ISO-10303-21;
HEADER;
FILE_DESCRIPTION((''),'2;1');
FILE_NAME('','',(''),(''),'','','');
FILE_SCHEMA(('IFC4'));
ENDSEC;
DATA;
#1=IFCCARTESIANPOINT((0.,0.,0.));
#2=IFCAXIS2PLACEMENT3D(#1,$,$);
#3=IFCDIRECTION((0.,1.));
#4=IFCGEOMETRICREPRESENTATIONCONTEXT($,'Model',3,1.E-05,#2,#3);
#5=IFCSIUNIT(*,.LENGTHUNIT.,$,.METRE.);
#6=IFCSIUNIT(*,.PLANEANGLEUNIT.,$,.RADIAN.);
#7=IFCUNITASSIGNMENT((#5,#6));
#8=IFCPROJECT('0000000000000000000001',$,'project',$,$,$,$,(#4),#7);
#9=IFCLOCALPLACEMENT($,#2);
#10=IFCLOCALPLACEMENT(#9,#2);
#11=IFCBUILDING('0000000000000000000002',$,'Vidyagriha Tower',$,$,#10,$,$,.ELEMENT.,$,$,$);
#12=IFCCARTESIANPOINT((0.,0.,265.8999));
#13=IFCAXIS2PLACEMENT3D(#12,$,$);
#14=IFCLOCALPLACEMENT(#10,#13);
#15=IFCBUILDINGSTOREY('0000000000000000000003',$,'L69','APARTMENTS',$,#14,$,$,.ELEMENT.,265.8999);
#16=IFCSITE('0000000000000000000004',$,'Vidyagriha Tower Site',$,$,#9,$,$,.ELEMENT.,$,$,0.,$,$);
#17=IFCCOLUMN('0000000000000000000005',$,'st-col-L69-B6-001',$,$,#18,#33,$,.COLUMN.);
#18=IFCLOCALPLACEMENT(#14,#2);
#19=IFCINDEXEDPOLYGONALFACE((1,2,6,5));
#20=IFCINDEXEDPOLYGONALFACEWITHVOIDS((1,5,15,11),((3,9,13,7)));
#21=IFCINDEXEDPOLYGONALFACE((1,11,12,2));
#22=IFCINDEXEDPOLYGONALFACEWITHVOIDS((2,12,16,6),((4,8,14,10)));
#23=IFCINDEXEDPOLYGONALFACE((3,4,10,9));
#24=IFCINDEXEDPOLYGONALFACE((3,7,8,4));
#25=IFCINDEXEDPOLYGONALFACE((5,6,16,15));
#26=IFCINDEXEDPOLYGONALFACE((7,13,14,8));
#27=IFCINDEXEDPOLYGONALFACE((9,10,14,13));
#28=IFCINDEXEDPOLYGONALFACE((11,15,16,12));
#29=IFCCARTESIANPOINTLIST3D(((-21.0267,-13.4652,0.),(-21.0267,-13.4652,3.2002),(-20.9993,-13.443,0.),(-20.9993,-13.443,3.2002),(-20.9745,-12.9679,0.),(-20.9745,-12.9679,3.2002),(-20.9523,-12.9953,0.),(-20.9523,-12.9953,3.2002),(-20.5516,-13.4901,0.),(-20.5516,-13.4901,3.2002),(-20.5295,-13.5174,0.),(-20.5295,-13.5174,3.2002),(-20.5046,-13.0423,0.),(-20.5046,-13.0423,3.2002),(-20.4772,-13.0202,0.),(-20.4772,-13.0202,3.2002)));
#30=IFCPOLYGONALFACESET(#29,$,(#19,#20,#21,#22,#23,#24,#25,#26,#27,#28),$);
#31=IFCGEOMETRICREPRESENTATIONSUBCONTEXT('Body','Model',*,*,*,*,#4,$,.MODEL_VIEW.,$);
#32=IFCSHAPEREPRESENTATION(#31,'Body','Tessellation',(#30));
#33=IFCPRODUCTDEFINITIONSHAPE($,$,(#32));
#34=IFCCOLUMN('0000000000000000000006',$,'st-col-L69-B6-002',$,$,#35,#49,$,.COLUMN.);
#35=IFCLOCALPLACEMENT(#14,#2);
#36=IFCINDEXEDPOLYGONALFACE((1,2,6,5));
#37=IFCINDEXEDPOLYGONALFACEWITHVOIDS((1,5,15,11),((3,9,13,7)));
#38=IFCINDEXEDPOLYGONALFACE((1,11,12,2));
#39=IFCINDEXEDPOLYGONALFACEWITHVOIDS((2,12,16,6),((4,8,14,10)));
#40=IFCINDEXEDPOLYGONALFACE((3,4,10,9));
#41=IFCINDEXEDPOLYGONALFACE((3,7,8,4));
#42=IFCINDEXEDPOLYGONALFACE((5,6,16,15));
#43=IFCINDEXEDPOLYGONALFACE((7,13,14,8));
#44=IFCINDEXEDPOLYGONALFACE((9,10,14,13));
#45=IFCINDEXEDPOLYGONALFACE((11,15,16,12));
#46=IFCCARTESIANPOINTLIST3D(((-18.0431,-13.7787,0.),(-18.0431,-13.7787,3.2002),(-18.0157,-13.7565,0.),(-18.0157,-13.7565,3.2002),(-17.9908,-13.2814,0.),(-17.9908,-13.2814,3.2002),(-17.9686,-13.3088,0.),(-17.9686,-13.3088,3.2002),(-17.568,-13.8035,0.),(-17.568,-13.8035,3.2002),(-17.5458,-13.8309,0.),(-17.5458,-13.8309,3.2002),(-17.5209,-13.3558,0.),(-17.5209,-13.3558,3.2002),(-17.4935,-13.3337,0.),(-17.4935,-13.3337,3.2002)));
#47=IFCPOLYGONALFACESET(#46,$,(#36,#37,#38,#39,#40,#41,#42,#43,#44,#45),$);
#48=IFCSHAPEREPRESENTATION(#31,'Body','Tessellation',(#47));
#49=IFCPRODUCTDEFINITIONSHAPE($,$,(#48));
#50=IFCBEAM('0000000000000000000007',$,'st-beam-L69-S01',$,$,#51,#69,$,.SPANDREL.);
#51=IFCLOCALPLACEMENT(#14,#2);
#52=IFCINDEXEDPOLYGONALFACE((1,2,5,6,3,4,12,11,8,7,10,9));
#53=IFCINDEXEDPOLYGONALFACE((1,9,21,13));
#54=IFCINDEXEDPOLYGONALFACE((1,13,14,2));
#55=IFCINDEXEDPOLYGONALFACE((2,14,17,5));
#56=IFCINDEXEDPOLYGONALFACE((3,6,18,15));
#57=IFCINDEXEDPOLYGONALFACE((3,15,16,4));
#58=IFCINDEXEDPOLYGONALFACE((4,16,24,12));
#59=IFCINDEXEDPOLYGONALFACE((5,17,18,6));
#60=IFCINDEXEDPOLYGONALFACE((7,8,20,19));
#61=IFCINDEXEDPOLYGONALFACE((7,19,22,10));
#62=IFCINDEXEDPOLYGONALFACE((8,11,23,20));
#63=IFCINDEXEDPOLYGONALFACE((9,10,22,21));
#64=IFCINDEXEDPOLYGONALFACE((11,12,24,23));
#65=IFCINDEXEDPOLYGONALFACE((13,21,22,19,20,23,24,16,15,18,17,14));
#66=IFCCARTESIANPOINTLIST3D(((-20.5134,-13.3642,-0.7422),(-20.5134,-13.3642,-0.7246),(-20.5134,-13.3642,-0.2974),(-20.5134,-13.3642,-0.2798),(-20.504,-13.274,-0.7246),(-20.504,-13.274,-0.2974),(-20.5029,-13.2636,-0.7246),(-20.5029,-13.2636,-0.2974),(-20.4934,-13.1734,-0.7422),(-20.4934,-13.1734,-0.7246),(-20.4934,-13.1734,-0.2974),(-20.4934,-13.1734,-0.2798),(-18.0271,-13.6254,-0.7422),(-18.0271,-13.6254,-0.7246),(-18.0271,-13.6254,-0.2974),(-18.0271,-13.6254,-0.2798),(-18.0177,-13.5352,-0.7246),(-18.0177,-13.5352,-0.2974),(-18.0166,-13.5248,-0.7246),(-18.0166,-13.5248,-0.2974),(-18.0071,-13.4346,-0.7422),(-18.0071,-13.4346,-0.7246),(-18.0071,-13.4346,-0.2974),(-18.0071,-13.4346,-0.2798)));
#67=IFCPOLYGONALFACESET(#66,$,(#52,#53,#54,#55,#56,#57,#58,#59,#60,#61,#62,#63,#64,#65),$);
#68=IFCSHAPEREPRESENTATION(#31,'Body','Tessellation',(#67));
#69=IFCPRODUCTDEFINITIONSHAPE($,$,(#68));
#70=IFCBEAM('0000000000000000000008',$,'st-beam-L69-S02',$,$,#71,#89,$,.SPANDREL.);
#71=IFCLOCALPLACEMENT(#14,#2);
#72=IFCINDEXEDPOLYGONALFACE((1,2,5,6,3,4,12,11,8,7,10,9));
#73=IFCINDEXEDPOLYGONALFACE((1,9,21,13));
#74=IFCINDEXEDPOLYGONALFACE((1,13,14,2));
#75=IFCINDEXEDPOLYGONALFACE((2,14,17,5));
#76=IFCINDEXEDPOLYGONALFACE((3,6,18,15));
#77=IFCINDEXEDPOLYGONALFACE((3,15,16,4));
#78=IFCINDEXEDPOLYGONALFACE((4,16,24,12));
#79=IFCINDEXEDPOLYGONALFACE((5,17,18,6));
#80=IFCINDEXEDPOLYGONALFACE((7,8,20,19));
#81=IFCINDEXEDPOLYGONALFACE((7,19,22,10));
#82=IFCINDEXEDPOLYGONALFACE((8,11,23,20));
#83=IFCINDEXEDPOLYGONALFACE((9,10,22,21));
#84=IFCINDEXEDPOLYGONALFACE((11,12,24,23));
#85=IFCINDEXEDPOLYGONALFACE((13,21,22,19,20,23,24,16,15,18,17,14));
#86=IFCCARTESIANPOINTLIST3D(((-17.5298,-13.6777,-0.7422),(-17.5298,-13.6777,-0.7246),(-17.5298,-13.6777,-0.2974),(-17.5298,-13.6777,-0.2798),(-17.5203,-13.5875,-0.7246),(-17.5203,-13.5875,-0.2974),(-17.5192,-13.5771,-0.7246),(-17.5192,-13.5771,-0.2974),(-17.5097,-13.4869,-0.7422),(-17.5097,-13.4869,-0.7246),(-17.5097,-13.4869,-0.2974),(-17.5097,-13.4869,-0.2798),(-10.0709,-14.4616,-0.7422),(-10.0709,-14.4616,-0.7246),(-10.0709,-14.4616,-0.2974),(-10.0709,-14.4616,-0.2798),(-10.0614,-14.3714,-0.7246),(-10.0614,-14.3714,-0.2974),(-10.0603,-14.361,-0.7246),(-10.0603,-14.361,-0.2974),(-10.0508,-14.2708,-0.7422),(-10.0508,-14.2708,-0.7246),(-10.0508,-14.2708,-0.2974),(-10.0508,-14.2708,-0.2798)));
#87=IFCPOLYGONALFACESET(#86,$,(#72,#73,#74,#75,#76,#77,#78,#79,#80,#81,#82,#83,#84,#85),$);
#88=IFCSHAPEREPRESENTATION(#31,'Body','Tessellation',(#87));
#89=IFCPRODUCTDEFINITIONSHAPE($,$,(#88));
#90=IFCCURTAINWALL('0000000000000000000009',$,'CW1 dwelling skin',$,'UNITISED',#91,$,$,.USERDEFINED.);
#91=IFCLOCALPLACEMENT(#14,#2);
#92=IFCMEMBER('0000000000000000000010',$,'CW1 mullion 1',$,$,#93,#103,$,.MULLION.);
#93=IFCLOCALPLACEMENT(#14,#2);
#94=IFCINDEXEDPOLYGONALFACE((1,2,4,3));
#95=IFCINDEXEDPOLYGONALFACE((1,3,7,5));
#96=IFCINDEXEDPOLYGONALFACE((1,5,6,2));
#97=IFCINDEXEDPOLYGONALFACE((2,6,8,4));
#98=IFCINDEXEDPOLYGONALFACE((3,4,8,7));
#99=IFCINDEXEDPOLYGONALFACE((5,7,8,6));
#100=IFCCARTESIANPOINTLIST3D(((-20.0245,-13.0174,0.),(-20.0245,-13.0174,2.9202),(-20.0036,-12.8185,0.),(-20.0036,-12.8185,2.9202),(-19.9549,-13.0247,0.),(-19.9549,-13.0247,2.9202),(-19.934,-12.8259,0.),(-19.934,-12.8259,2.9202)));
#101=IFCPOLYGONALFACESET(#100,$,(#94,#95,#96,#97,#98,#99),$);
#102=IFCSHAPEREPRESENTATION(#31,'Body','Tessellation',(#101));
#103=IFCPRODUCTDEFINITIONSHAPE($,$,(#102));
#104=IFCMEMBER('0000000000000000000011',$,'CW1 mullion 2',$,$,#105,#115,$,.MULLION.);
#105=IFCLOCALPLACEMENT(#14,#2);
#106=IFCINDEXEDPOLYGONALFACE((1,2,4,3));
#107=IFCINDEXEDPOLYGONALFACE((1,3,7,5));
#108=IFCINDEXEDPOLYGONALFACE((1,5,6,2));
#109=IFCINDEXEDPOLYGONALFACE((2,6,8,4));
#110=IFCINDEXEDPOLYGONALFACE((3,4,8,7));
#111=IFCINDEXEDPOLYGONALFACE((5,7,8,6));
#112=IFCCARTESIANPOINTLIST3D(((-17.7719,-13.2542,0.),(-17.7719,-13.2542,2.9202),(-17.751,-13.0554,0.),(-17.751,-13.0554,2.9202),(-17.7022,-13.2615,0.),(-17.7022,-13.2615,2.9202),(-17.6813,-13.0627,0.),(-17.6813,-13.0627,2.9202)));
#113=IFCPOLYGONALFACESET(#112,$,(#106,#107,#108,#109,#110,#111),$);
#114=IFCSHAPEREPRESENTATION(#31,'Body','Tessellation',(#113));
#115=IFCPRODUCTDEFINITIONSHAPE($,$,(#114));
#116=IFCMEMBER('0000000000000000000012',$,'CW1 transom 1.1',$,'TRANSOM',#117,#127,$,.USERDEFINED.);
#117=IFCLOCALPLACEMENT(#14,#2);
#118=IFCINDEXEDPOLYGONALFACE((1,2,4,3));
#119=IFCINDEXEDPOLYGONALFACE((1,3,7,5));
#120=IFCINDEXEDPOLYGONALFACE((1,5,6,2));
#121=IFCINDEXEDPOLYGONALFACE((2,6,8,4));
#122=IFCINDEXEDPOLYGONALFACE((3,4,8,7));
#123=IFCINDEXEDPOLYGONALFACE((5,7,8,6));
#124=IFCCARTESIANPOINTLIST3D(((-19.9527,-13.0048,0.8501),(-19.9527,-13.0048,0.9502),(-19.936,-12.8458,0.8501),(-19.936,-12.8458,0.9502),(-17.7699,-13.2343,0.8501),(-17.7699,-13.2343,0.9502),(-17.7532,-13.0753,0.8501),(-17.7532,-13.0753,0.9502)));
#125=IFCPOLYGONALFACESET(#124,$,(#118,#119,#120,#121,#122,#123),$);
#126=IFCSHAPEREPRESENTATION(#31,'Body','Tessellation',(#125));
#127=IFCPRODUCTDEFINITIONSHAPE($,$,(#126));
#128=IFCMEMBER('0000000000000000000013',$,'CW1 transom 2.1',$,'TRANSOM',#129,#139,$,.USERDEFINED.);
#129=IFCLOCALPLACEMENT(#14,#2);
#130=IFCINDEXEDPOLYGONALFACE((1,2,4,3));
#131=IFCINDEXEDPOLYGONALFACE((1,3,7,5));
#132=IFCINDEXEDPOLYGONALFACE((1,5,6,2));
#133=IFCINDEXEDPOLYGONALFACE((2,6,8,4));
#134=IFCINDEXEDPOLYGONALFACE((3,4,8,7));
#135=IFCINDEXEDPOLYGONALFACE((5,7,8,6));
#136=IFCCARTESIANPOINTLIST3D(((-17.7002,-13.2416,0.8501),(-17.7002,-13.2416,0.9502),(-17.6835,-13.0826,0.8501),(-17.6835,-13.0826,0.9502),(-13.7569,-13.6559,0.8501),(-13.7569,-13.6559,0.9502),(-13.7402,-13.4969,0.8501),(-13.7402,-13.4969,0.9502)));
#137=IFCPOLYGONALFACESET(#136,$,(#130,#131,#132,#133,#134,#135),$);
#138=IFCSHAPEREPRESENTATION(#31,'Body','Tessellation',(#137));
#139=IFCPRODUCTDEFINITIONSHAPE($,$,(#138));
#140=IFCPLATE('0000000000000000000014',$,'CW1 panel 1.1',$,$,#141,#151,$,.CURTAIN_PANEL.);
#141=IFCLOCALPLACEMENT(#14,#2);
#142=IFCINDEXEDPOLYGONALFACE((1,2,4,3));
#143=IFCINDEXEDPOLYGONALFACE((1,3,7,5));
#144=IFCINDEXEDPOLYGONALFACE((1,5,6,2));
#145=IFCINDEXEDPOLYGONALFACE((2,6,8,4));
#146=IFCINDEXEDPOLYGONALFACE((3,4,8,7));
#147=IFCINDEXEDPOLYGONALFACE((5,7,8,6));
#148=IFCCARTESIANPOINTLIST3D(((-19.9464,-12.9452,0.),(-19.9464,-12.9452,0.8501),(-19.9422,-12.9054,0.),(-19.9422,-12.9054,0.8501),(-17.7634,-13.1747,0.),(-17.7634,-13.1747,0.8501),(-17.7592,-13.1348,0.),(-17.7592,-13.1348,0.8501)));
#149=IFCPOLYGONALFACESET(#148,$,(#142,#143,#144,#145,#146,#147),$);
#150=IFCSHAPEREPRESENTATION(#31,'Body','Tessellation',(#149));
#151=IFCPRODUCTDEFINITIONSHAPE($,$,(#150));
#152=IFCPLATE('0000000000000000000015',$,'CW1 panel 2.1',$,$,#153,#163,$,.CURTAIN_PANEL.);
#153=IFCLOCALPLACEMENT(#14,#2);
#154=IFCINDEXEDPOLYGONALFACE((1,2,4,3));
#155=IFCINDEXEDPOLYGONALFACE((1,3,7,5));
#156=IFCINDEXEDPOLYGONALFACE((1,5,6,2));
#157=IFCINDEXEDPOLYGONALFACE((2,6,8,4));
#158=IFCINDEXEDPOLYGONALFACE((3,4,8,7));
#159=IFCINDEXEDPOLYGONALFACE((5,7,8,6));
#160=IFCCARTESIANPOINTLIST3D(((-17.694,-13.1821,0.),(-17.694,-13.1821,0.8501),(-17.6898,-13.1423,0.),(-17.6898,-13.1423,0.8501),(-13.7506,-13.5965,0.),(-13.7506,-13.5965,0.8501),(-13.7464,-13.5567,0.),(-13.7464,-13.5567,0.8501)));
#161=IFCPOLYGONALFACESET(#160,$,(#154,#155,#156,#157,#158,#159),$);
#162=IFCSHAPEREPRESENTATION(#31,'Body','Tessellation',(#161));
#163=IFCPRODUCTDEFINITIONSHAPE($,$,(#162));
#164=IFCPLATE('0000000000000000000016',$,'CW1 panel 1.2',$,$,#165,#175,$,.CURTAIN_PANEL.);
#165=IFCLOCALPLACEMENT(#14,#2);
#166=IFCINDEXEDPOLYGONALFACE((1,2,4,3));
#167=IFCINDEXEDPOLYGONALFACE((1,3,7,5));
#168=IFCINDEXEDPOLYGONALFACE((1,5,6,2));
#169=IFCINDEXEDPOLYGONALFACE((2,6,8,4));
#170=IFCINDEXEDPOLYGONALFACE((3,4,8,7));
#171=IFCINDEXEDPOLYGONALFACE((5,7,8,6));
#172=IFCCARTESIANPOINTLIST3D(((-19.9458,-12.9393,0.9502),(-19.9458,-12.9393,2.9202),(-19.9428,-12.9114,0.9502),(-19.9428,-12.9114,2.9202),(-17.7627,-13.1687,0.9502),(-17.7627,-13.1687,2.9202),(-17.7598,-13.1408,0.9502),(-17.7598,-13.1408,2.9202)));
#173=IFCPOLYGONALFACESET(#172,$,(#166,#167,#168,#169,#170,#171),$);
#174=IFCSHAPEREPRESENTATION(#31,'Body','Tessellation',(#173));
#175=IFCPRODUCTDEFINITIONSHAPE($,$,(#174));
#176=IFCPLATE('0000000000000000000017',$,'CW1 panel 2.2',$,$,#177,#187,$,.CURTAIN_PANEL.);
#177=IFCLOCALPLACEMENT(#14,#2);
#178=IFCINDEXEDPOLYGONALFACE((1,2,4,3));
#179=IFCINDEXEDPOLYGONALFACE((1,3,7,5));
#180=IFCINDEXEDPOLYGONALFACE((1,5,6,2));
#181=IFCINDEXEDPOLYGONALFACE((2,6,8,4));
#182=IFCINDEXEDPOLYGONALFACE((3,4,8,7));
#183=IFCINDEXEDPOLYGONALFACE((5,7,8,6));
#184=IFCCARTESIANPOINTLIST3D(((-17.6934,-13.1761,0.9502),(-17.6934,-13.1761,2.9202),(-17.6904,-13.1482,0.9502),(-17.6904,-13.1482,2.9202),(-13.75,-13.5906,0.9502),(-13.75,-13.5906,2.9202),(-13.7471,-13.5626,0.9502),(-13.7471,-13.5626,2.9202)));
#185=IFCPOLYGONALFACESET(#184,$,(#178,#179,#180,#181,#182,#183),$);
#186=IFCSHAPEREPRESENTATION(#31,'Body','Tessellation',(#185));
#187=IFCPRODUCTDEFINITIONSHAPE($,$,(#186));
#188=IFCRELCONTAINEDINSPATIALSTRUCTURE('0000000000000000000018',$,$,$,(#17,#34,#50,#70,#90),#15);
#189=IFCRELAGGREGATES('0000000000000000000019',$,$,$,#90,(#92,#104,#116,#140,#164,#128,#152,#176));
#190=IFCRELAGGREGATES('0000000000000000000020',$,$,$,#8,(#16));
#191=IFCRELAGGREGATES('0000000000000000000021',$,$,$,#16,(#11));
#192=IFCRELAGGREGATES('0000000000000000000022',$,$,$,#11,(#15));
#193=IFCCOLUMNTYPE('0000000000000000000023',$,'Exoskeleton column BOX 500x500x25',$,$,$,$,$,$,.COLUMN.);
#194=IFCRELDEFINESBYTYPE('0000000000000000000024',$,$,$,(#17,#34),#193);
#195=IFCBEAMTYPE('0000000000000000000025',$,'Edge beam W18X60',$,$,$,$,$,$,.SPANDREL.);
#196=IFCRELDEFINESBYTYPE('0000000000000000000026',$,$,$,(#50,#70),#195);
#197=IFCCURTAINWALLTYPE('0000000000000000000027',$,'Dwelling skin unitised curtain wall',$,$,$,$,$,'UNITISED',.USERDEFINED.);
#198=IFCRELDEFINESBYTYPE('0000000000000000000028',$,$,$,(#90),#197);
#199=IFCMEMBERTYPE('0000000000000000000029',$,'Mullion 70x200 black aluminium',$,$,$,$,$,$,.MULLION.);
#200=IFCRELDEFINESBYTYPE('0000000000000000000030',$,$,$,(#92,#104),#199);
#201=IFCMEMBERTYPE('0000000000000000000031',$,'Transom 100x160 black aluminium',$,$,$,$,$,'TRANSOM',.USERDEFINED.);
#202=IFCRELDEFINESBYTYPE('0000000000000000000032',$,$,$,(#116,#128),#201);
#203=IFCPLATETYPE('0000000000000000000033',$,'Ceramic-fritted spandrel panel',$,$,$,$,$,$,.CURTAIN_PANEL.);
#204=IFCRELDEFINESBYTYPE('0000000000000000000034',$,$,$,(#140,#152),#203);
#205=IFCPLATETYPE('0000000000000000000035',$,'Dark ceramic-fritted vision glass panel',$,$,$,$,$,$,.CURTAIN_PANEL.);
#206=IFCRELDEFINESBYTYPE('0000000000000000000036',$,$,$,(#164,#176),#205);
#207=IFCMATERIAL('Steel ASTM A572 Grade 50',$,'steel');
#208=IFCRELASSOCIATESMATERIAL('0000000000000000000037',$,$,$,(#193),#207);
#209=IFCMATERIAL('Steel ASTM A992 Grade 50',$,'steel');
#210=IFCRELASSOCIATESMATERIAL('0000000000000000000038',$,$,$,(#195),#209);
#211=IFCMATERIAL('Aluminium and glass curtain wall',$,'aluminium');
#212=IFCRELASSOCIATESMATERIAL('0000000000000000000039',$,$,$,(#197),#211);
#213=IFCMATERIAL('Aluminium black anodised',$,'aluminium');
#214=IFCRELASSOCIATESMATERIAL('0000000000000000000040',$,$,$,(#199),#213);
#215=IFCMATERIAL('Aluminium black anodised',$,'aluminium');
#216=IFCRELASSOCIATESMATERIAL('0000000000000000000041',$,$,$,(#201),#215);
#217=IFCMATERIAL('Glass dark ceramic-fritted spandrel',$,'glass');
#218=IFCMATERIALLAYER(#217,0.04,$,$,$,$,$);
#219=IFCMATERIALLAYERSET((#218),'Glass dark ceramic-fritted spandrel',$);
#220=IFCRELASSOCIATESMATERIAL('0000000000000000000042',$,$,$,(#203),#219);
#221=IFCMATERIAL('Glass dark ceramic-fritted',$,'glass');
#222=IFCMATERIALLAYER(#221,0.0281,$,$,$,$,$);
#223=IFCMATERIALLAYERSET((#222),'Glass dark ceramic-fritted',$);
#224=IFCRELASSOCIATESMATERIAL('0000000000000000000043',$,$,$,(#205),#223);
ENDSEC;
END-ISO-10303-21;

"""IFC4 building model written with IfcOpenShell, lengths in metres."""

from ifc_helpers import new_model, si_unit, direction, frame, origin, origin_2d, place, context, subcontext, project, spatial, rectangle, hollow_rectangle, i_section, extrude, material, layer, layer_set, material_profile, profile_set, type_object, element, aggregate, save


model = new_model("IFC4")

# Units and contexts
model_context = context("Model", 3, precision=1e-05, world=origin(), true_north=direction((0.0, 1.0)))
body_context = subcontext(model_context, "Body", "Model", "MODEL_VIEW")
ifc_project = project(units=[si_unit("LENGTHUNIT", "METRE"), si_unit("PLANEANGLEUNIT", "RADIAN")], contexts=[model_context])

# Site, building, storey
site_placement = place(None, origin())
site = spatial("IfcSite", under=ifc_project, at=site_placement, Name="Vidyagriha Tower Site", CompositionType="ELEMENT", RefElevation=0.0)
building_placement = place(site_placement, origin())
building = spatial("IfcBuilding", under=site, at=building_placement, Name="Vidyagriha Tower", CompositionType="ELEMENT")
storey_placement = place(building_placement, frame((0.0, 0.0, 265.8999)))
storey = spatial("IfcBuildingStorey", under=building, at=storey_placement, Name="L69", Description="APARTMENTS", CompositionType="ELEMENT", Elevation=265.8999)

# Columns
ifc_material_1 = material(Name="Steel ASTM A572 Grade 50", Category="steel")
ifc_material_profile_1 = material_profile(ifc_material_1, hollow_rectangle(XDim=0.5, YDim=0.5, WallThickness=0.0249, at=origin_2d()), Name="BOX 500x500x25")
ifc_profile_set_1 = profile_set([ifc_material_profile_1], Name="Steel ASTM A572 Grade 50")
column_type = type_object("IfcColumnType", Name="Exoskeleton column BOX 500x500x25", PredefinedType="COLUMN", material=ifc_profile_set_1)
for number, where, z_axis, x_axis, name in (
    (1, (-20.752, -13.2427, 0.0), (0.0, 0.0, 1.0), (0.994522, -0.104528, 0.0), "st-col-L69-B6-001"),
    (2, (-17.7683, -13.5562, 0.0), (0.0, 0.0, 1.0), (0.994522, -0.104528, 0.0), "st-col-L69-B6-002"),
):
    element("IfcColumn", number, at=place(storey_placement, frame(where, z_axis=z_axis, x_axis=x_axis)), inside=storey, type_object=column_type, Name=name, PredefinedType="COLUMN", context=body_context, shape_type="SweptSolid", body=[
        extrude(hollow_rectangle(XDim=0.5, YDim=0.5, WallThickness=0.0249, at=origin_2d()), origin(), (0.0, 0.0, 1.0), 3.2002),
    ])

# Beams
ifc_material_2 = material(Name="Steel ASTM A992 Grade 50", Category="steel")
ifc_material_profile_2 = material_profile(ifc_material_2, i_section(OverallWidth=0.1919, OverallDepth=0.4624, WebThickness=0.0105, FlangeThickness=0.0176, at=origin_2d()), Name="W18X60")
ifc_profile_set_2 = profile_set([ifc_material_profile_2], Name="Steel ASTM A992 Grade 50")
beam_type = type_object("IfcBeamType", Name="Edge beam W18X60", PredefinedType="SPANDREL", material=ifc_profile_set_2)
beam_1_placement = place(storey_placement, frame((-20.5034, -13.2688, -0.511), z_axis=(0.994526, -0.104492, 0.0), x_axis=(0.104492, 0.994526, 0.0)))
element("IfcBeam", 3, at=beam_1_placement, inside=storey, type_object=beam_type, Name="st-beam-L69-S01", PredefinedType="SPANDREL", context=body_context, shape_type="SweptSolid", body=[
    extrude(i_section(OverallWidth=0.1919, OverallDepth=0.4624, WebThickness=0.0105, FlangeThickness=0.0176, at=origin_2d()), origin(), (0.0, 0.0, 1.0), 2.5),
])
beam_2_placement = place(storey_placement, frame((-17.5198, -13.5823, -0.511), z_axis=(0.994522, -0.104524, 0.0), x_axis=(0.104524, 0.994522, 0.0)))
element("IfcBeam", 4, at=beam_2_placement, inside=storey, type_object=beam_type, Name="st-beam-L69-S02", PredefinedType="SPANDREL", context=body_context, shape_type="SweptSolid", body=[
    extrude(i_section(OverallWidth=0.1919, OverallDepth=0.4624, WebThickness=0.0105, FlangeThickness=0.0176, at=origin_2d()), origin(), (0.0, 0.0, 1.0), 7.5),
])

# Curtain wall, members, plates
ifc_material_3 = material(Name="Aluminium and glass curtain wall", Category="aluminium")
curtain_wall_type = type_object("IfcCurtainWallType", Name="Dwelling skin unitised curtain wall", ElementType="UNITISED", PredefinedType="USERDEFINED", material=ifc_material_3)
curtain_wall_placement = place(storey_placement, origin())
curtain_wall = element("IfcCurtainWall", 5, at=curtain_wall_placement, inside=storey, type_object=curtain_wall_type, Name="CW1 dwelling skin", ObjectType="UNITISED", PredefinedType="USERDEFINED")
ifc_material_4 = material(Name="Aluminium black anodised", Category="aluminium")
ifc_material_profile_3 = material_profile(ifc_material_4, rectangle(XDim=0.2, YDim=0.0701, at=origin_2d()), Name="Mullion 70x200 black aluminium")
ifc_profile_set_3 = profile_set([ifc_material_profile_3], Name="Aluminium black anodised")
member_type_1 = type_object("IfcMemberType", Name="Mullion 70x200 black aluminium", PredefinedType="MULLION", material=ifc_profile_set_3)
member_1_placement = place(storey_placement, frame((-19.9792, -12.9216, 0.0), z_axis=(0.0, 0.0, 1.0), x_axis=(0.104524, 0.994522, 0.0)))
member_1 = element("IfcMember", 6, at=member_1_placement, type_object=member_type_1, Name="CW1 mullion 1", PredefinedType="MULLION", context=body_context, shape_type="SweptSolid", body=[
    extrude(rectangle(XDim=0.2, YDim=0.0701, at=origin_2d()), origin(), (0.0, 0.0, 1.0), 2.9202),
])
member_2_placement = place(storey_placement, frame((-17.7266, -13.1584, 0.0), z_axis=(0.0, 0.0, 1.0), x_axis=(0.104524, 0.994522, 0.0)))
member_2 = element("IfcMember", 7, at=member_2_placement, type_object=member_type_1, Name="CW1 mullion 2", PredefinedType="MULLION", context=body_context, shape_type="SweptSolid", body=[
    extrude(rectangle(XDim=0.2, YDim=0.0701, at=origin_2d()), origin(), (0.0, 0.0, 1.0), 2.9202),
])
ifc_material_5 = material(Name="Aluminium black anodised", Category="aluminium")
ifc_material_profile_4 = material_profile(ifc_material_5, rectangle(XDim=0.1599, YDim=0.1001, at=origin_2d()), Name="Transom 100x160 black aluminium")
ifc_profile_set_4 = profile_set([ifc_material_profile_4], Name="Aluminium black anodised")
member_type_2 = type_object("IfcMemberType", Name="Transom 100x160 black aluminium", ElementType="TRANSOM", PredefinedType="USERDEFINED", material=ifc_profile_set_4)
member_3_placement = place(storey_placement, frame((-19.9443, -12.9253, 0.9001), z_axis=(0.994519, -0.104557, 0.0), x_axis=(0.104557, 0.994519, 0.0)))
member_3 = element("IfcMember", 8, at=member_3_placement, type_object=member_type_2, Name="CW1 transom 1.1", ObjectType="TRANSOM", PredefinedType="USERDEFINED", context=body_context, shape_type="SweptSolid", body=[
    extrude(rectangle(XDim=0.1599, YDim=0.1001, at=origin_2d()), origin(), (0.0, 0.0, 1.0), 2.1948),
])
member_4_placement = place(storey_placement, frame((-17.6919, -13.1621, 0.9001), z_axis=(0.994526, -0.104489, 0.0), x_axis=(0.104489, 0.994526, 0.0)))
member_4 = element("IfcMember", 9, at=member_4_placement, type_object=member_type_2, Name="CW1 transom 2.1", ObjectType="TRANSOM", PredefinedType="USERDEFINED", context=body_context, shape_type="SweptSolid", body=[
    extrude(rectangle(XDim=0.1599, YDim=0.1001, at=origin_2d()), origin(), (0.0, 0.0, 1.0), 3.9651),
])
ifc_material_6 = material(Name="Glass dark ceramic-fritted spandrel", Category="glass")
ifc_layer_1 = layer(ifc_material_6, 0.04)
ifc_layer_set_1 = layer_set([ifc_layer_1], Name="Glass dark ceramic-fritted spandrel")
plate_type_1 = type_object("IfcPlateType", Name="Ceramic-fritted spandrel panel", PredefinedType="CURTAIN_PANEL", material=ifc_layer_set_1)
plate_1_placement = place(storey_placement, frame((-18.8528, -13.04, 0.0), z_axis=(0.0, 0.0, 1.0), x_axis=(0.994522, -0.104524, 0.0)))
plate_1 = element("IfcPlate", 10, at=plate_1_placement, type_object=plate_type_1, Name="CW1 panel 1.1", PredefinedType="CURTAIN_PANEL", context=body_context, shape_type="SweptSolid", body=[
    extrude(rectangle(XDim=2.1951, YDim=0.04, at=origin_2d()), origin(), (0.0, 0.0, 1.0), 0.8501),
])
plate_2_placement = place(storey_placement, frame((-15.7202, -13.3694, 0.0), z_axis=(0.0, 0.0, 1.0), x_axis=(0.994522, -0.104524, 0.0)))
plate_2 = element("IfcPlate", 11, at=plate_2_placement, type_object=plate_type_1, Name="CW1 panel 2.1", PredefinedType="CURTAIN_PANEL", context=body_context, shape_type="SweptSolid", body=[
    extrude(rectangle(XDim=3.9651, YDim=0.04, at=origin_2d()), origin(), (0.0, 0.0, 1.0), 0.8501),
])
ifc_material_7 = material(Name="Glass dark ceramic-fritted", Category="glass")
ifc_layer_2 = layer(ifc_material_7, 0.0281)
ifc_layer_set_2 = layer_set([ifc_layer_2], Name="Glass dark ceramic-fritted")
plate_type_2 = type_object("IfcPlateType", Name="Dark ceramic-fritted vision glass panel", PredefinedType="CURTAIN_PANEL", material=ifc_layer_set_2)
plate_3_placement = place(storey_placement, frame((-18.8528, -13.04, 0.9502), z_axis=(0.0, 0.0, 1.0), x_axis=(0.994522, -0.104524, 0.0)))
plate_3 = element("IfcPlate", 12, at=plate_3_placement, type_object=plate_type_2, Name="CW1 panel 1.2", PredefinedType="CURTAIN_PANEL", context=body_context, shape_type="SweptSolid", body=[
    extrude(rectangle(XDim=2.1951, YDim=0.0281, at=origin_2d()), origin(), (0.0, 0.0, 1.0), 1.97),
])
plate_4_placement = place(storey_placement, frame((-15.7202, -13.3694, 0.9502), z_axis=(0.0, 0.0, 1.0), x_axis=(0.994522, -0.104524, 0.0)))
plate_4 = element("IfcPlate", 13, at=plate_4_placement, type_object=plate_type_2, Name="CW1 panel 2.2", PredefinedType="CURTAIN_PANEL", context=body_context, shape_type="SweptSolid", body=[
    extrude(rectangle(XDim=3.9651, YDim=0.0281, at=origin_2d()), origin(), (0.0, 0.0, 1.0), 1.97),
])
aggregate(curtain_wall, [member_1, member_2, member_3, plate_1, plate_3, member_4, plate_2, plate_4])

save(model, "model.ifc")
